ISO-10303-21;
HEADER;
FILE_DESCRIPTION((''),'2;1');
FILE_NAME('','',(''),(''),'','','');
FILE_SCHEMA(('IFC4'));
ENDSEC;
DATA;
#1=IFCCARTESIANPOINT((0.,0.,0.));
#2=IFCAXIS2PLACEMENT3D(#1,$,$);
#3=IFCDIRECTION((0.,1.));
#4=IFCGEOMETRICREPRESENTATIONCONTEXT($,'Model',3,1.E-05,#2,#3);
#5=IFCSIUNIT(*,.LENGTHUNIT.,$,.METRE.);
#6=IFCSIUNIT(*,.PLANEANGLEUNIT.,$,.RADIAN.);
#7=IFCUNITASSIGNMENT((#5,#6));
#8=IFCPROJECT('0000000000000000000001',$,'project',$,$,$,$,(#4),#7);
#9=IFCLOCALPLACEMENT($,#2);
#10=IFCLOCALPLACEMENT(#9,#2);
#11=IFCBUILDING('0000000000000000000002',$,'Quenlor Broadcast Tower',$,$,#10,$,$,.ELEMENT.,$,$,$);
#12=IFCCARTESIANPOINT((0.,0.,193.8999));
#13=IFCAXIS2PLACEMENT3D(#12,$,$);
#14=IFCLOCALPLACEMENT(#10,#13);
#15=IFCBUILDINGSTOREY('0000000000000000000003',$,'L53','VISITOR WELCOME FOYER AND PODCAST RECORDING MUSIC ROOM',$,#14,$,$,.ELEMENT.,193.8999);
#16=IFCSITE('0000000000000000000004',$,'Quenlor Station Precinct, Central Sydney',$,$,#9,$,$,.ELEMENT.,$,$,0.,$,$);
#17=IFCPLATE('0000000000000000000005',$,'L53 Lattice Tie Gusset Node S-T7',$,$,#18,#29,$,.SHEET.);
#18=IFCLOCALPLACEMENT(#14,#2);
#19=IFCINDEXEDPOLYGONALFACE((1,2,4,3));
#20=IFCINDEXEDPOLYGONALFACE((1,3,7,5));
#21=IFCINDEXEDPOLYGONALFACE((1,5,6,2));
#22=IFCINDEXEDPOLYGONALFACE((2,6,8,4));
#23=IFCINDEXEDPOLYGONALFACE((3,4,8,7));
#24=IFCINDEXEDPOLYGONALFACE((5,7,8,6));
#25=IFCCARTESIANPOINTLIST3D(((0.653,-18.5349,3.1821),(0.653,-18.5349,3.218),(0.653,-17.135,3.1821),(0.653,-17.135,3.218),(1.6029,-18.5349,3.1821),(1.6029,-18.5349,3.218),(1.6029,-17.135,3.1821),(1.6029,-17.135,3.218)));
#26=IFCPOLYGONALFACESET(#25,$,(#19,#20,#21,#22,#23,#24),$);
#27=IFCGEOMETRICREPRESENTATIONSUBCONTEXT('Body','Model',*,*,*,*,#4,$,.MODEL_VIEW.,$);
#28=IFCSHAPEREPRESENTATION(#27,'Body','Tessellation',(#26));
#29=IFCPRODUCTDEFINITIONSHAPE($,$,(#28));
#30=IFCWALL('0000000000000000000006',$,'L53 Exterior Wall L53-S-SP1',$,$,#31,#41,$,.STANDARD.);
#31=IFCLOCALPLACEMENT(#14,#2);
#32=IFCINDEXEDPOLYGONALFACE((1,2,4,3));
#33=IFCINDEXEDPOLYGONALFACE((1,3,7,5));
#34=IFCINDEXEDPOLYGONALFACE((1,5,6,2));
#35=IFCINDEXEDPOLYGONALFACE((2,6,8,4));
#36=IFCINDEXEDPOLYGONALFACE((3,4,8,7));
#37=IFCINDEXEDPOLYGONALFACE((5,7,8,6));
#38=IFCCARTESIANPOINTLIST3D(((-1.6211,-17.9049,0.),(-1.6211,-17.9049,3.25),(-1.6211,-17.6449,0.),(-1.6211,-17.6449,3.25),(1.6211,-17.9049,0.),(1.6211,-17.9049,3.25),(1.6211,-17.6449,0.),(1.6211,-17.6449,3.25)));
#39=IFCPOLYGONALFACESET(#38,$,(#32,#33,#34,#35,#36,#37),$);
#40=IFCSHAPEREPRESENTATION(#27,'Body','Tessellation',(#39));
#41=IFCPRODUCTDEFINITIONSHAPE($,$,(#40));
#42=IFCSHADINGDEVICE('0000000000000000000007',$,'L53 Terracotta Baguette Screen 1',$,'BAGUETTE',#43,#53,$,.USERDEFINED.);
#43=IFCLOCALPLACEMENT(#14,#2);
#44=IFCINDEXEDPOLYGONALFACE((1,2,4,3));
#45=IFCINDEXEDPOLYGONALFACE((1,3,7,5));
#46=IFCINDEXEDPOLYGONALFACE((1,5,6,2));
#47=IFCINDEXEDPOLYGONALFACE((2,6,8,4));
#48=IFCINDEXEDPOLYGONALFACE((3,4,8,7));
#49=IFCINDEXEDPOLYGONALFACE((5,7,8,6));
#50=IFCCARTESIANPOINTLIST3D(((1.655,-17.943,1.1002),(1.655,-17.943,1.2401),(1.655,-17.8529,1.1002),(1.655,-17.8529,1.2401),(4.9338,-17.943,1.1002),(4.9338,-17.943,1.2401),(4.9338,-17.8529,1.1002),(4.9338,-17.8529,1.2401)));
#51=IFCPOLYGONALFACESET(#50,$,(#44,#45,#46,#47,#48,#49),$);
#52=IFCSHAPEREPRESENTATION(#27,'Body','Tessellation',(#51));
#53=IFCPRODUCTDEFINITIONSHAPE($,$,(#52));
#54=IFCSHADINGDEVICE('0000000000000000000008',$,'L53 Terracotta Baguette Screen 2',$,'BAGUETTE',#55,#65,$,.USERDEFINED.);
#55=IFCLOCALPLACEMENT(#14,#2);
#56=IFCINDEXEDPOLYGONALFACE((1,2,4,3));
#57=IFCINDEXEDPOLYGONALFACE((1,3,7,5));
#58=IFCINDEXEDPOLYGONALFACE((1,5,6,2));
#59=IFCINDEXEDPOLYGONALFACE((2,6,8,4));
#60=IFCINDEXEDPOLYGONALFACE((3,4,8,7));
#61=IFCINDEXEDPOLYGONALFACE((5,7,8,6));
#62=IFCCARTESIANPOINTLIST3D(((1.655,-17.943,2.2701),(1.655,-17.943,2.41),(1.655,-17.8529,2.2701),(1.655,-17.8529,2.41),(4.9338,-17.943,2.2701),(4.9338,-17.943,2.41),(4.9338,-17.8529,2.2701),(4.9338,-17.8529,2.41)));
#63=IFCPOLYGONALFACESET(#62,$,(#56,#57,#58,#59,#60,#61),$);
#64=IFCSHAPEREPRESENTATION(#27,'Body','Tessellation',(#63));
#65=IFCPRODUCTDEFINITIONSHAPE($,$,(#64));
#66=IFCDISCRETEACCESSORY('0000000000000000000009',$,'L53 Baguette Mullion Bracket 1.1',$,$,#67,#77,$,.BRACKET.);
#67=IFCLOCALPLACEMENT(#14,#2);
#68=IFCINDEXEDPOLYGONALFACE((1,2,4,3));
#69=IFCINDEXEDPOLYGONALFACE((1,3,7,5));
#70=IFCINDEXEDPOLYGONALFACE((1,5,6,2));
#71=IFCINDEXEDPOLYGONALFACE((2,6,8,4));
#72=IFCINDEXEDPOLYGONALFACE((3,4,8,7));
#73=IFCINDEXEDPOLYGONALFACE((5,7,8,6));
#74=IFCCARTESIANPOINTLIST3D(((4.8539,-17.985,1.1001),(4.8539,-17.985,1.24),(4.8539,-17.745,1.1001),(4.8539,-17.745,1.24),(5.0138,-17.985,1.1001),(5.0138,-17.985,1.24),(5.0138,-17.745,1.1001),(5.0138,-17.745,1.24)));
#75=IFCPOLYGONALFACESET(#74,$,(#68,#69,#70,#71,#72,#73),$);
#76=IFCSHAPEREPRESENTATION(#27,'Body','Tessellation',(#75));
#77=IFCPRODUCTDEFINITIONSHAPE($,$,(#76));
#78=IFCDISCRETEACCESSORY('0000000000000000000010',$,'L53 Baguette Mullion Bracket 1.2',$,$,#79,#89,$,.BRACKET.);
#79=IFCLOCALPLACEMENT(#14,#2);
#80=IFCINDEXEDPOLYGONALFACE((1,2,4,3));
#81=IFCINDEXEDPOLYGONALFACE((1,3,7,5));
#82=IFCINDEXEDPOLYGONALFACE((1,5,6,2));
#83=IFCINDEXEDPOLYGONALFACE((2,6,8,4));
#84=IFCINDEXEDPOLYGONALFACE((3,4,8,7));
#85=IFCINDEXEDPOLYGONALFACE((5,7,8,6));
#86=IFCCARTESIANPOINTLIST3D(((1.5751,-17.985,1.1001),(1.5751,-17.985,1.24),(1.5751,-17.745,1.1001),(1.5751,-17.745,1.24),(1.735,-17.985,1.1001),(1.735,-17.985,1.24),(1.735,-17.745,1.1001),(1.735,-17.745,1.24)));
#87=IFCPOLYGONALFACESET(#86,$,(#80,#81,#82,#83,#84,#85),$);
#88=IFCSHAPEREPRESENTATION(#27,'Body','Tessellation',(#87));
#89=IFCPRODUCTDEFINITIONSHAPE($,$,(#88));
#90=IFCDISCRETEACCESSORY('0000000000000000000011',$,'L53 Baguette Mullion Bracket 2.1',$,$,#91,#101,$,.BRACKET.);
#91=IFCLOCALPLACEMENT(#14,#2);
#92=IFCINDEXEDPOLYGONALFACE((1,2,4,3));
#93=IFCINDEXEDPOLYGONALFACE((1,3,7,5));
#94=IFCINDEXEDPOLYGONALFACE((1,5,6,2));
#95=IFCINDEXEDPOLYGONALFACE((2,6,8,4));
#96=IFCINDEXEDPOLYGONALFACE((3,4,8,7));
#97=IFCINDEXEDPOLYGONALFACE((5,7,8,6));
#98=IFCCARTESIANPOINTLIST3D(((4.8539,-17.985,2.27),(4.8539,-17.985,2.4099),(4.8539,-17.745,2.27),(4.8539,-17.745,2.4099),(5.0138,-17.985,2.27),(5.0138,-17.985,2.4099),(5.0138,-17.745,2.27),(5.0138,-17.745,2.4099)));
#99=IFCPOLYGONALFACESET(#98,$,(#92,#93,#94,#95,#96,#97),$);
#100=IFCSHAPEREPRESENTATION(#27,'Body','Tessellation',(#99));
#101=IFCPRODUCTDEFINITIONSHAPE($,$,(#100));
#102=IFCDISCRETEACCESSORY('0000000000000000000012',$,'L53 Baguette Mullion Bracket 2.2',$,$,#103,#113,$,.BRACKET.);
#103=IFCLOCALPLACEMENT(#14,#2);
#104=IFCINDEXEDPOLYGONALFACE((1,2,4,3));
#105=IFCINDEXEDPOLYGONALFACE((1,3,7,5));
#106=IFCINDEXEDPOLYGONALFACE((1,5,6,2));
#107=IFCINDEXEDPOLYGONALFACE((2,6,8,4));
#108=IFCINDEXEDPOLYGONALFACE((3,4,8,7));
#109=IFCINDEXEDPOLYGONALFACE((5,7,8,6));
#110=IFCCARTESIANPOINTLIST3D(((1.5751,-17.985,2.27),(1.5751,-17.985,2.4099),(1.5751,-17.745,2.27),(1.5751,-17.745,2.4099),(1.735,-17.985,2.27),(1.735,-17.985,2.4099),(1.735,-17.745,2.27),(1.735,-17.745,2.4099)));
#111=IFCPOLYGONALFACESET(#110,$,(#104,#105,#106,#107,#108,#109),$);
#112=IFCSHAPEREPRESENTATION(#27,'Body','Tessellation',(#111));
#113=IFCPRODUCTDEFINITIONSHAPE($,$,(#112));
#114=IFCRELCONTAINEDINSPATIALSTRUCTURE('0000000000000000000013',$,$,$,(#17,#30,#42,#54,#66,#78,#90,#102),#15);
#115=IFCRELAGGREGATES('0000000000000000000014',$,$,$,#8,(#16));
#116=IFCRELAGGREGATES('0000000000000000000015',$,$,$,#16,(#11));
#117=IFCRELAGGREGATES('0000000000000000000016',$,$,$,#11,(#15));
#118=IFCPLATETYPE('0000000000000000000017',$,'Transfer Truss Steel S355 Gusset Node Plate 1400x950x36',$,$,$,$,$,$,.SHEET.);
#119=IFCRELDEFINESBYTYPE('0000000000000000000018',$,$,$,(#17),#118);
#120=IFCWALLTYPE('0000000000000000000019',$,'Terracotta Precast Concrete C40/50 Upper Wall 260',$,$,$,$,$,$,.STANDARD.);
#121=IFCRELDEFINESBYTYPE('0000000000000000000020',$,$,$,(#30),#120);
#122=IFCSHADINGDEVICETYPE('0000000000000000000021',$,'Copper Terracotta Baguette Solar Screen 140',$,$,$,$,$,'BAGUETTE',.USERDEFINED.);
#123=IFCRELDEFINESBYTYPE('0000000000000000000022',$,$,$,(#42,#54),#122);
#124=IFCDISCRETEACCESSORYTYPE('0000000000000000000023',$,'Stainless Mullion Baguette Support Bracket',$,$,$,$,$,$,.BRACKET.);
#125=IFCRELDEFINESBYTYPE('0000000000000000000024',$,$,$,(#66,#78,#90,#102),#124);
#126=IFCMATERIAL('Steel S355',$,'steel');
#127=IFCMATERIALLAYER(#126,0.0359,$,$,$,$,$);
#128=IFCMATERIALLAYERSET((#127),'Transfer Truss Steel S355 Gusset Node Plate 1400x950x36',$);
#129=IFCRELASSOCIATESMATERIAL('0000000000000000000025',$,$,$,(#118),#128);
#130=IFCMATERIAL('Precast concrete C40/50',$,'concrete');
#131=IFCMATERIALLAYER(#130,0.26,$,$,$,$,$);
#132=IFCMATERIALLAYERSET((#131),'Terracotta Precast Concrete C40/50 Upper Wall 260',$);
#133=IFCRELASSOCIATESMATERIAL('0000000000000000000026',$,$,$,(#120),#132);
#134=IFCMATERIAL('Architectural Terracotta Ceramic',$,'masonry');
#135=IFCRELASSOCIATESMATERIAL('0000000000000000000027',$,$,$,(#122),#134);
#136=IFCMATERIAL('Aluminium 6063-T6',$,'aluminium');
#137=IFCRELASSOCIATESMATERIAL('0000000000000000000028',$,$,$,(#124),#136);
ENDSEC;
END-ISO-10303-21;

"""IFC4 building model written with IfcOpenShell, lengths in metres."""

from ifc_helpers import new_model, si_unit, direction, frame, frame_2d, origin, origin_2d, place, context, subcontext, project, spatial, rectangle, extrude, material, layer, layer_set, material_profile, profile_set, type_object, element, save


model = new_model("IFC4")

# Units and contexts
model_context = context("Model", 3, precision=1e-05, world=origin(), true_north=direction((0.0, 1.0)))
body_context = subcontext(model_context, "Body", "Model", "MODEL_VIEW")
ifc_project = project(units=[si_unit("LENGTHUNIT", "METRE"), si_unit("PLANEANGLEUNIT", "RADIAN")], contexts=[model_context])

# Site, building, storey
site_placement = place(None, origin())
site = spatial("IfcSite", under=ifc_project, at=site_placement, Name="Quenlor Station Precinct, Central Sydney", CompositionType="ELEMENT", RefElevation=0.0)
building_placement = place(site_placement, origin())
building = spatial("IfcBuilding", under=site, at=building_placement, Name="Quenlor Broadcast Tower", CompositionType="ELEMENT")
storey_placement = place(building_placement, frame((0.0, 0.0, 193.8999)))
storey = spatial("IfcBuildingStorey", under=building, at=storey_placement, Name="L53", Description="VISITOR WELCOME FOYER AND PODCAST RECORDING MUSIC ROOM", CompositionType="ELEMENT", Elevation=193.8999)

# Plate
ifc_material_1 = material(Name="Steel S355", Category="steel")
ifc_layer_1 = layer(ifc_material_1, 0.0359)
ifc_layer_set_1 = layer_set([ifc_layer_1], Name="Transfer Truss Steel S355 Gusset Node Plate 1400x950x36")
plate_type_1 = type_object("IfcPlateType", Name="Transfer Truss Steel S355 Gusset Node Plate 1400x950x36", PredefinedType="SHEET", material=ifc_layer_set_1)
for number, where, z_axis, x_axis, name in (
    (1, (1.1279, -17.835, 3.1821), (0.0, 0.0, 1.0), (0.0, -1.0, 0.0), "L53 Lattice Tie Gusset Node S-T7"),
):
    element("IfcPlate", number, at=place(storey_placement, frame(where, z_axis=z_axis, x_axis=x_axis)), inside=storey, type_object=plate_type_1, Name=name, PredefinedType="SHEET", context=body_context, shape_type="SweptSolid", body=[
        extrude(rectangle(XDim=1.3999, YDim=0.95, at=origin_2d()), origin(), (0.0, 0.0, 1.0), 0.0359),
    ])

# Wall
ifc_material_2 = material(Name="Precast concrete C40/50", Category="concrete")
ifc_layer_2 = layer(ifc_material_2, 0.26)
ifc_layer_set_2 = layer_set([ifc_layer_2], Name="Terracotta Precast Concrete C40/50 Upper Wall 260")
wall_type = type_object("IfcWallType", Name="Terracotta Precast Concrete C40/50 Upper Wall 260", PredefinedType="STANDARD", material=ifc_layer_set_2)
wall_placement = place(storey_placement, frame((1.6211, -17.7749, 0.0), z_axis=(0.0, 0.0, 1.0), x_axis=(-1.0, 0.0, 0.0)))
element("IfcWall", 2, at=wall_placement, inside=storey, type_object=wall_type, Name="L53 Exterior Wall L53-S-SP1", PredefinedType="STANDARD", context=body_context, shape_type="SweptSolid", body=[
    extrude(rectangle(XDim=3.2422, YDim=0.26, at=frame_2d((1.6211, 0.0))), origin(), (0.0, 0.0, 1.0), 3.25),
])

# Shading devices
ifc_material_3 = material(Name="Architectural Terracotta Ceramic", Category="masonry")
ifc_material_profile_1 = material_profile(ifc_material_3, rectangle(XDim=0.0901, YDim=0.1399, at=origin_2d()))
ifc_profile_set_1 = profile_set([ifc_material_profile_1], Name="Architectural Terracotta Ceramic BAG90x140")
shading_device_type = type_object("IfcShadingDeviceType", Name="Copper Terracotta Baguette Solar Screen 140", ElementType="BAGUETTE", PredefinedType="USERDEFINED", material=ifc_profile_set_1)
for number, where, z_axis, x_axis, name in (
    (3, (4.9338, -17.8979, 1.1702), (-1.0, 0.0, 0.0), (0.0, -1.0, 0.0), "L53 Terracotta Baguette Screen 1"),
    (4, (4.9338, -17.8979, 2.3401), (-1.0, 0.0, 0.0), (0.0, -1.0, 0.0), "L53 Terracotta Baguette Screen 2"),
):
    element("IfcShadingDevice", number, at=place(storey_placement, frame(where, z_axis=z_axis, x_axis=x_axis)), inside=storey, type_object=shading_device_type, Name=name, ObjectType="BAGUETTE", PredefinedType="USERDEFINED", context=body_context, shape_type="SweptSolid", body=[
        extrude(rectangle(XDim=0.0901, YDim=0.1399, at=origin_2d()), origin(), (0.0, 0.0, 1.0), 3.2788),
    ])

# Discrete accessories
ifc_material_4 = material(Name="Aluminium 6063-T6", Category="aluminium")
discrete_accessory_type = type_object("IfcDiscreteAccessoryType", Name="Stainless Mullion Baguette Support Bracket", PredefinedType="BRACKET", material=ifc_material_4)
for number, where, z_axis, x_axis, name in (
    (5, (4.9338, -17.865, 1.1001), (0.0, 0.0, 1.0), (-1.0, 0.0, 0.0), "L53 Baguette Mullion Bracket 1.1"),
    (6, (1.655, -17.865, 1.1001), (0.0, 0.0, 1.0), (-1.0, 0.0, 0.0), "L53 Baguette Mullion Bracket 1.2"),
    (7, (4.9338, -17.865, 2.27), (0.0, 0.0, 1.0), (-1.0, 0.0, 0.0), "L53 Baguette Mullion Bracket 2.1"),
    (8, (1.655, -17.865, 2.27), (0.0, 0.0, 1.0), (-1.0, 0.0, 0.0), "L53 Baguette Mullion Bracket 2.2"),
):
    element("IfcDiscreteAccessory", number, at=place(storey_placement, frame(where, z_axis=z_axis, x_axis=x_axis)), inside=storey, type_object=discrete_accessory_type, Name=name, PredefinedType="BRACKET", context=body_context, shape_type="SweptSolid", body=[
        extrude(rectangle(XDim=0.1599, YDim=0.24, at=origin_2d()), origin(), (0.0, 0.0, 1.0), 0.1399),
    ])

save(model, "model.ifc")
